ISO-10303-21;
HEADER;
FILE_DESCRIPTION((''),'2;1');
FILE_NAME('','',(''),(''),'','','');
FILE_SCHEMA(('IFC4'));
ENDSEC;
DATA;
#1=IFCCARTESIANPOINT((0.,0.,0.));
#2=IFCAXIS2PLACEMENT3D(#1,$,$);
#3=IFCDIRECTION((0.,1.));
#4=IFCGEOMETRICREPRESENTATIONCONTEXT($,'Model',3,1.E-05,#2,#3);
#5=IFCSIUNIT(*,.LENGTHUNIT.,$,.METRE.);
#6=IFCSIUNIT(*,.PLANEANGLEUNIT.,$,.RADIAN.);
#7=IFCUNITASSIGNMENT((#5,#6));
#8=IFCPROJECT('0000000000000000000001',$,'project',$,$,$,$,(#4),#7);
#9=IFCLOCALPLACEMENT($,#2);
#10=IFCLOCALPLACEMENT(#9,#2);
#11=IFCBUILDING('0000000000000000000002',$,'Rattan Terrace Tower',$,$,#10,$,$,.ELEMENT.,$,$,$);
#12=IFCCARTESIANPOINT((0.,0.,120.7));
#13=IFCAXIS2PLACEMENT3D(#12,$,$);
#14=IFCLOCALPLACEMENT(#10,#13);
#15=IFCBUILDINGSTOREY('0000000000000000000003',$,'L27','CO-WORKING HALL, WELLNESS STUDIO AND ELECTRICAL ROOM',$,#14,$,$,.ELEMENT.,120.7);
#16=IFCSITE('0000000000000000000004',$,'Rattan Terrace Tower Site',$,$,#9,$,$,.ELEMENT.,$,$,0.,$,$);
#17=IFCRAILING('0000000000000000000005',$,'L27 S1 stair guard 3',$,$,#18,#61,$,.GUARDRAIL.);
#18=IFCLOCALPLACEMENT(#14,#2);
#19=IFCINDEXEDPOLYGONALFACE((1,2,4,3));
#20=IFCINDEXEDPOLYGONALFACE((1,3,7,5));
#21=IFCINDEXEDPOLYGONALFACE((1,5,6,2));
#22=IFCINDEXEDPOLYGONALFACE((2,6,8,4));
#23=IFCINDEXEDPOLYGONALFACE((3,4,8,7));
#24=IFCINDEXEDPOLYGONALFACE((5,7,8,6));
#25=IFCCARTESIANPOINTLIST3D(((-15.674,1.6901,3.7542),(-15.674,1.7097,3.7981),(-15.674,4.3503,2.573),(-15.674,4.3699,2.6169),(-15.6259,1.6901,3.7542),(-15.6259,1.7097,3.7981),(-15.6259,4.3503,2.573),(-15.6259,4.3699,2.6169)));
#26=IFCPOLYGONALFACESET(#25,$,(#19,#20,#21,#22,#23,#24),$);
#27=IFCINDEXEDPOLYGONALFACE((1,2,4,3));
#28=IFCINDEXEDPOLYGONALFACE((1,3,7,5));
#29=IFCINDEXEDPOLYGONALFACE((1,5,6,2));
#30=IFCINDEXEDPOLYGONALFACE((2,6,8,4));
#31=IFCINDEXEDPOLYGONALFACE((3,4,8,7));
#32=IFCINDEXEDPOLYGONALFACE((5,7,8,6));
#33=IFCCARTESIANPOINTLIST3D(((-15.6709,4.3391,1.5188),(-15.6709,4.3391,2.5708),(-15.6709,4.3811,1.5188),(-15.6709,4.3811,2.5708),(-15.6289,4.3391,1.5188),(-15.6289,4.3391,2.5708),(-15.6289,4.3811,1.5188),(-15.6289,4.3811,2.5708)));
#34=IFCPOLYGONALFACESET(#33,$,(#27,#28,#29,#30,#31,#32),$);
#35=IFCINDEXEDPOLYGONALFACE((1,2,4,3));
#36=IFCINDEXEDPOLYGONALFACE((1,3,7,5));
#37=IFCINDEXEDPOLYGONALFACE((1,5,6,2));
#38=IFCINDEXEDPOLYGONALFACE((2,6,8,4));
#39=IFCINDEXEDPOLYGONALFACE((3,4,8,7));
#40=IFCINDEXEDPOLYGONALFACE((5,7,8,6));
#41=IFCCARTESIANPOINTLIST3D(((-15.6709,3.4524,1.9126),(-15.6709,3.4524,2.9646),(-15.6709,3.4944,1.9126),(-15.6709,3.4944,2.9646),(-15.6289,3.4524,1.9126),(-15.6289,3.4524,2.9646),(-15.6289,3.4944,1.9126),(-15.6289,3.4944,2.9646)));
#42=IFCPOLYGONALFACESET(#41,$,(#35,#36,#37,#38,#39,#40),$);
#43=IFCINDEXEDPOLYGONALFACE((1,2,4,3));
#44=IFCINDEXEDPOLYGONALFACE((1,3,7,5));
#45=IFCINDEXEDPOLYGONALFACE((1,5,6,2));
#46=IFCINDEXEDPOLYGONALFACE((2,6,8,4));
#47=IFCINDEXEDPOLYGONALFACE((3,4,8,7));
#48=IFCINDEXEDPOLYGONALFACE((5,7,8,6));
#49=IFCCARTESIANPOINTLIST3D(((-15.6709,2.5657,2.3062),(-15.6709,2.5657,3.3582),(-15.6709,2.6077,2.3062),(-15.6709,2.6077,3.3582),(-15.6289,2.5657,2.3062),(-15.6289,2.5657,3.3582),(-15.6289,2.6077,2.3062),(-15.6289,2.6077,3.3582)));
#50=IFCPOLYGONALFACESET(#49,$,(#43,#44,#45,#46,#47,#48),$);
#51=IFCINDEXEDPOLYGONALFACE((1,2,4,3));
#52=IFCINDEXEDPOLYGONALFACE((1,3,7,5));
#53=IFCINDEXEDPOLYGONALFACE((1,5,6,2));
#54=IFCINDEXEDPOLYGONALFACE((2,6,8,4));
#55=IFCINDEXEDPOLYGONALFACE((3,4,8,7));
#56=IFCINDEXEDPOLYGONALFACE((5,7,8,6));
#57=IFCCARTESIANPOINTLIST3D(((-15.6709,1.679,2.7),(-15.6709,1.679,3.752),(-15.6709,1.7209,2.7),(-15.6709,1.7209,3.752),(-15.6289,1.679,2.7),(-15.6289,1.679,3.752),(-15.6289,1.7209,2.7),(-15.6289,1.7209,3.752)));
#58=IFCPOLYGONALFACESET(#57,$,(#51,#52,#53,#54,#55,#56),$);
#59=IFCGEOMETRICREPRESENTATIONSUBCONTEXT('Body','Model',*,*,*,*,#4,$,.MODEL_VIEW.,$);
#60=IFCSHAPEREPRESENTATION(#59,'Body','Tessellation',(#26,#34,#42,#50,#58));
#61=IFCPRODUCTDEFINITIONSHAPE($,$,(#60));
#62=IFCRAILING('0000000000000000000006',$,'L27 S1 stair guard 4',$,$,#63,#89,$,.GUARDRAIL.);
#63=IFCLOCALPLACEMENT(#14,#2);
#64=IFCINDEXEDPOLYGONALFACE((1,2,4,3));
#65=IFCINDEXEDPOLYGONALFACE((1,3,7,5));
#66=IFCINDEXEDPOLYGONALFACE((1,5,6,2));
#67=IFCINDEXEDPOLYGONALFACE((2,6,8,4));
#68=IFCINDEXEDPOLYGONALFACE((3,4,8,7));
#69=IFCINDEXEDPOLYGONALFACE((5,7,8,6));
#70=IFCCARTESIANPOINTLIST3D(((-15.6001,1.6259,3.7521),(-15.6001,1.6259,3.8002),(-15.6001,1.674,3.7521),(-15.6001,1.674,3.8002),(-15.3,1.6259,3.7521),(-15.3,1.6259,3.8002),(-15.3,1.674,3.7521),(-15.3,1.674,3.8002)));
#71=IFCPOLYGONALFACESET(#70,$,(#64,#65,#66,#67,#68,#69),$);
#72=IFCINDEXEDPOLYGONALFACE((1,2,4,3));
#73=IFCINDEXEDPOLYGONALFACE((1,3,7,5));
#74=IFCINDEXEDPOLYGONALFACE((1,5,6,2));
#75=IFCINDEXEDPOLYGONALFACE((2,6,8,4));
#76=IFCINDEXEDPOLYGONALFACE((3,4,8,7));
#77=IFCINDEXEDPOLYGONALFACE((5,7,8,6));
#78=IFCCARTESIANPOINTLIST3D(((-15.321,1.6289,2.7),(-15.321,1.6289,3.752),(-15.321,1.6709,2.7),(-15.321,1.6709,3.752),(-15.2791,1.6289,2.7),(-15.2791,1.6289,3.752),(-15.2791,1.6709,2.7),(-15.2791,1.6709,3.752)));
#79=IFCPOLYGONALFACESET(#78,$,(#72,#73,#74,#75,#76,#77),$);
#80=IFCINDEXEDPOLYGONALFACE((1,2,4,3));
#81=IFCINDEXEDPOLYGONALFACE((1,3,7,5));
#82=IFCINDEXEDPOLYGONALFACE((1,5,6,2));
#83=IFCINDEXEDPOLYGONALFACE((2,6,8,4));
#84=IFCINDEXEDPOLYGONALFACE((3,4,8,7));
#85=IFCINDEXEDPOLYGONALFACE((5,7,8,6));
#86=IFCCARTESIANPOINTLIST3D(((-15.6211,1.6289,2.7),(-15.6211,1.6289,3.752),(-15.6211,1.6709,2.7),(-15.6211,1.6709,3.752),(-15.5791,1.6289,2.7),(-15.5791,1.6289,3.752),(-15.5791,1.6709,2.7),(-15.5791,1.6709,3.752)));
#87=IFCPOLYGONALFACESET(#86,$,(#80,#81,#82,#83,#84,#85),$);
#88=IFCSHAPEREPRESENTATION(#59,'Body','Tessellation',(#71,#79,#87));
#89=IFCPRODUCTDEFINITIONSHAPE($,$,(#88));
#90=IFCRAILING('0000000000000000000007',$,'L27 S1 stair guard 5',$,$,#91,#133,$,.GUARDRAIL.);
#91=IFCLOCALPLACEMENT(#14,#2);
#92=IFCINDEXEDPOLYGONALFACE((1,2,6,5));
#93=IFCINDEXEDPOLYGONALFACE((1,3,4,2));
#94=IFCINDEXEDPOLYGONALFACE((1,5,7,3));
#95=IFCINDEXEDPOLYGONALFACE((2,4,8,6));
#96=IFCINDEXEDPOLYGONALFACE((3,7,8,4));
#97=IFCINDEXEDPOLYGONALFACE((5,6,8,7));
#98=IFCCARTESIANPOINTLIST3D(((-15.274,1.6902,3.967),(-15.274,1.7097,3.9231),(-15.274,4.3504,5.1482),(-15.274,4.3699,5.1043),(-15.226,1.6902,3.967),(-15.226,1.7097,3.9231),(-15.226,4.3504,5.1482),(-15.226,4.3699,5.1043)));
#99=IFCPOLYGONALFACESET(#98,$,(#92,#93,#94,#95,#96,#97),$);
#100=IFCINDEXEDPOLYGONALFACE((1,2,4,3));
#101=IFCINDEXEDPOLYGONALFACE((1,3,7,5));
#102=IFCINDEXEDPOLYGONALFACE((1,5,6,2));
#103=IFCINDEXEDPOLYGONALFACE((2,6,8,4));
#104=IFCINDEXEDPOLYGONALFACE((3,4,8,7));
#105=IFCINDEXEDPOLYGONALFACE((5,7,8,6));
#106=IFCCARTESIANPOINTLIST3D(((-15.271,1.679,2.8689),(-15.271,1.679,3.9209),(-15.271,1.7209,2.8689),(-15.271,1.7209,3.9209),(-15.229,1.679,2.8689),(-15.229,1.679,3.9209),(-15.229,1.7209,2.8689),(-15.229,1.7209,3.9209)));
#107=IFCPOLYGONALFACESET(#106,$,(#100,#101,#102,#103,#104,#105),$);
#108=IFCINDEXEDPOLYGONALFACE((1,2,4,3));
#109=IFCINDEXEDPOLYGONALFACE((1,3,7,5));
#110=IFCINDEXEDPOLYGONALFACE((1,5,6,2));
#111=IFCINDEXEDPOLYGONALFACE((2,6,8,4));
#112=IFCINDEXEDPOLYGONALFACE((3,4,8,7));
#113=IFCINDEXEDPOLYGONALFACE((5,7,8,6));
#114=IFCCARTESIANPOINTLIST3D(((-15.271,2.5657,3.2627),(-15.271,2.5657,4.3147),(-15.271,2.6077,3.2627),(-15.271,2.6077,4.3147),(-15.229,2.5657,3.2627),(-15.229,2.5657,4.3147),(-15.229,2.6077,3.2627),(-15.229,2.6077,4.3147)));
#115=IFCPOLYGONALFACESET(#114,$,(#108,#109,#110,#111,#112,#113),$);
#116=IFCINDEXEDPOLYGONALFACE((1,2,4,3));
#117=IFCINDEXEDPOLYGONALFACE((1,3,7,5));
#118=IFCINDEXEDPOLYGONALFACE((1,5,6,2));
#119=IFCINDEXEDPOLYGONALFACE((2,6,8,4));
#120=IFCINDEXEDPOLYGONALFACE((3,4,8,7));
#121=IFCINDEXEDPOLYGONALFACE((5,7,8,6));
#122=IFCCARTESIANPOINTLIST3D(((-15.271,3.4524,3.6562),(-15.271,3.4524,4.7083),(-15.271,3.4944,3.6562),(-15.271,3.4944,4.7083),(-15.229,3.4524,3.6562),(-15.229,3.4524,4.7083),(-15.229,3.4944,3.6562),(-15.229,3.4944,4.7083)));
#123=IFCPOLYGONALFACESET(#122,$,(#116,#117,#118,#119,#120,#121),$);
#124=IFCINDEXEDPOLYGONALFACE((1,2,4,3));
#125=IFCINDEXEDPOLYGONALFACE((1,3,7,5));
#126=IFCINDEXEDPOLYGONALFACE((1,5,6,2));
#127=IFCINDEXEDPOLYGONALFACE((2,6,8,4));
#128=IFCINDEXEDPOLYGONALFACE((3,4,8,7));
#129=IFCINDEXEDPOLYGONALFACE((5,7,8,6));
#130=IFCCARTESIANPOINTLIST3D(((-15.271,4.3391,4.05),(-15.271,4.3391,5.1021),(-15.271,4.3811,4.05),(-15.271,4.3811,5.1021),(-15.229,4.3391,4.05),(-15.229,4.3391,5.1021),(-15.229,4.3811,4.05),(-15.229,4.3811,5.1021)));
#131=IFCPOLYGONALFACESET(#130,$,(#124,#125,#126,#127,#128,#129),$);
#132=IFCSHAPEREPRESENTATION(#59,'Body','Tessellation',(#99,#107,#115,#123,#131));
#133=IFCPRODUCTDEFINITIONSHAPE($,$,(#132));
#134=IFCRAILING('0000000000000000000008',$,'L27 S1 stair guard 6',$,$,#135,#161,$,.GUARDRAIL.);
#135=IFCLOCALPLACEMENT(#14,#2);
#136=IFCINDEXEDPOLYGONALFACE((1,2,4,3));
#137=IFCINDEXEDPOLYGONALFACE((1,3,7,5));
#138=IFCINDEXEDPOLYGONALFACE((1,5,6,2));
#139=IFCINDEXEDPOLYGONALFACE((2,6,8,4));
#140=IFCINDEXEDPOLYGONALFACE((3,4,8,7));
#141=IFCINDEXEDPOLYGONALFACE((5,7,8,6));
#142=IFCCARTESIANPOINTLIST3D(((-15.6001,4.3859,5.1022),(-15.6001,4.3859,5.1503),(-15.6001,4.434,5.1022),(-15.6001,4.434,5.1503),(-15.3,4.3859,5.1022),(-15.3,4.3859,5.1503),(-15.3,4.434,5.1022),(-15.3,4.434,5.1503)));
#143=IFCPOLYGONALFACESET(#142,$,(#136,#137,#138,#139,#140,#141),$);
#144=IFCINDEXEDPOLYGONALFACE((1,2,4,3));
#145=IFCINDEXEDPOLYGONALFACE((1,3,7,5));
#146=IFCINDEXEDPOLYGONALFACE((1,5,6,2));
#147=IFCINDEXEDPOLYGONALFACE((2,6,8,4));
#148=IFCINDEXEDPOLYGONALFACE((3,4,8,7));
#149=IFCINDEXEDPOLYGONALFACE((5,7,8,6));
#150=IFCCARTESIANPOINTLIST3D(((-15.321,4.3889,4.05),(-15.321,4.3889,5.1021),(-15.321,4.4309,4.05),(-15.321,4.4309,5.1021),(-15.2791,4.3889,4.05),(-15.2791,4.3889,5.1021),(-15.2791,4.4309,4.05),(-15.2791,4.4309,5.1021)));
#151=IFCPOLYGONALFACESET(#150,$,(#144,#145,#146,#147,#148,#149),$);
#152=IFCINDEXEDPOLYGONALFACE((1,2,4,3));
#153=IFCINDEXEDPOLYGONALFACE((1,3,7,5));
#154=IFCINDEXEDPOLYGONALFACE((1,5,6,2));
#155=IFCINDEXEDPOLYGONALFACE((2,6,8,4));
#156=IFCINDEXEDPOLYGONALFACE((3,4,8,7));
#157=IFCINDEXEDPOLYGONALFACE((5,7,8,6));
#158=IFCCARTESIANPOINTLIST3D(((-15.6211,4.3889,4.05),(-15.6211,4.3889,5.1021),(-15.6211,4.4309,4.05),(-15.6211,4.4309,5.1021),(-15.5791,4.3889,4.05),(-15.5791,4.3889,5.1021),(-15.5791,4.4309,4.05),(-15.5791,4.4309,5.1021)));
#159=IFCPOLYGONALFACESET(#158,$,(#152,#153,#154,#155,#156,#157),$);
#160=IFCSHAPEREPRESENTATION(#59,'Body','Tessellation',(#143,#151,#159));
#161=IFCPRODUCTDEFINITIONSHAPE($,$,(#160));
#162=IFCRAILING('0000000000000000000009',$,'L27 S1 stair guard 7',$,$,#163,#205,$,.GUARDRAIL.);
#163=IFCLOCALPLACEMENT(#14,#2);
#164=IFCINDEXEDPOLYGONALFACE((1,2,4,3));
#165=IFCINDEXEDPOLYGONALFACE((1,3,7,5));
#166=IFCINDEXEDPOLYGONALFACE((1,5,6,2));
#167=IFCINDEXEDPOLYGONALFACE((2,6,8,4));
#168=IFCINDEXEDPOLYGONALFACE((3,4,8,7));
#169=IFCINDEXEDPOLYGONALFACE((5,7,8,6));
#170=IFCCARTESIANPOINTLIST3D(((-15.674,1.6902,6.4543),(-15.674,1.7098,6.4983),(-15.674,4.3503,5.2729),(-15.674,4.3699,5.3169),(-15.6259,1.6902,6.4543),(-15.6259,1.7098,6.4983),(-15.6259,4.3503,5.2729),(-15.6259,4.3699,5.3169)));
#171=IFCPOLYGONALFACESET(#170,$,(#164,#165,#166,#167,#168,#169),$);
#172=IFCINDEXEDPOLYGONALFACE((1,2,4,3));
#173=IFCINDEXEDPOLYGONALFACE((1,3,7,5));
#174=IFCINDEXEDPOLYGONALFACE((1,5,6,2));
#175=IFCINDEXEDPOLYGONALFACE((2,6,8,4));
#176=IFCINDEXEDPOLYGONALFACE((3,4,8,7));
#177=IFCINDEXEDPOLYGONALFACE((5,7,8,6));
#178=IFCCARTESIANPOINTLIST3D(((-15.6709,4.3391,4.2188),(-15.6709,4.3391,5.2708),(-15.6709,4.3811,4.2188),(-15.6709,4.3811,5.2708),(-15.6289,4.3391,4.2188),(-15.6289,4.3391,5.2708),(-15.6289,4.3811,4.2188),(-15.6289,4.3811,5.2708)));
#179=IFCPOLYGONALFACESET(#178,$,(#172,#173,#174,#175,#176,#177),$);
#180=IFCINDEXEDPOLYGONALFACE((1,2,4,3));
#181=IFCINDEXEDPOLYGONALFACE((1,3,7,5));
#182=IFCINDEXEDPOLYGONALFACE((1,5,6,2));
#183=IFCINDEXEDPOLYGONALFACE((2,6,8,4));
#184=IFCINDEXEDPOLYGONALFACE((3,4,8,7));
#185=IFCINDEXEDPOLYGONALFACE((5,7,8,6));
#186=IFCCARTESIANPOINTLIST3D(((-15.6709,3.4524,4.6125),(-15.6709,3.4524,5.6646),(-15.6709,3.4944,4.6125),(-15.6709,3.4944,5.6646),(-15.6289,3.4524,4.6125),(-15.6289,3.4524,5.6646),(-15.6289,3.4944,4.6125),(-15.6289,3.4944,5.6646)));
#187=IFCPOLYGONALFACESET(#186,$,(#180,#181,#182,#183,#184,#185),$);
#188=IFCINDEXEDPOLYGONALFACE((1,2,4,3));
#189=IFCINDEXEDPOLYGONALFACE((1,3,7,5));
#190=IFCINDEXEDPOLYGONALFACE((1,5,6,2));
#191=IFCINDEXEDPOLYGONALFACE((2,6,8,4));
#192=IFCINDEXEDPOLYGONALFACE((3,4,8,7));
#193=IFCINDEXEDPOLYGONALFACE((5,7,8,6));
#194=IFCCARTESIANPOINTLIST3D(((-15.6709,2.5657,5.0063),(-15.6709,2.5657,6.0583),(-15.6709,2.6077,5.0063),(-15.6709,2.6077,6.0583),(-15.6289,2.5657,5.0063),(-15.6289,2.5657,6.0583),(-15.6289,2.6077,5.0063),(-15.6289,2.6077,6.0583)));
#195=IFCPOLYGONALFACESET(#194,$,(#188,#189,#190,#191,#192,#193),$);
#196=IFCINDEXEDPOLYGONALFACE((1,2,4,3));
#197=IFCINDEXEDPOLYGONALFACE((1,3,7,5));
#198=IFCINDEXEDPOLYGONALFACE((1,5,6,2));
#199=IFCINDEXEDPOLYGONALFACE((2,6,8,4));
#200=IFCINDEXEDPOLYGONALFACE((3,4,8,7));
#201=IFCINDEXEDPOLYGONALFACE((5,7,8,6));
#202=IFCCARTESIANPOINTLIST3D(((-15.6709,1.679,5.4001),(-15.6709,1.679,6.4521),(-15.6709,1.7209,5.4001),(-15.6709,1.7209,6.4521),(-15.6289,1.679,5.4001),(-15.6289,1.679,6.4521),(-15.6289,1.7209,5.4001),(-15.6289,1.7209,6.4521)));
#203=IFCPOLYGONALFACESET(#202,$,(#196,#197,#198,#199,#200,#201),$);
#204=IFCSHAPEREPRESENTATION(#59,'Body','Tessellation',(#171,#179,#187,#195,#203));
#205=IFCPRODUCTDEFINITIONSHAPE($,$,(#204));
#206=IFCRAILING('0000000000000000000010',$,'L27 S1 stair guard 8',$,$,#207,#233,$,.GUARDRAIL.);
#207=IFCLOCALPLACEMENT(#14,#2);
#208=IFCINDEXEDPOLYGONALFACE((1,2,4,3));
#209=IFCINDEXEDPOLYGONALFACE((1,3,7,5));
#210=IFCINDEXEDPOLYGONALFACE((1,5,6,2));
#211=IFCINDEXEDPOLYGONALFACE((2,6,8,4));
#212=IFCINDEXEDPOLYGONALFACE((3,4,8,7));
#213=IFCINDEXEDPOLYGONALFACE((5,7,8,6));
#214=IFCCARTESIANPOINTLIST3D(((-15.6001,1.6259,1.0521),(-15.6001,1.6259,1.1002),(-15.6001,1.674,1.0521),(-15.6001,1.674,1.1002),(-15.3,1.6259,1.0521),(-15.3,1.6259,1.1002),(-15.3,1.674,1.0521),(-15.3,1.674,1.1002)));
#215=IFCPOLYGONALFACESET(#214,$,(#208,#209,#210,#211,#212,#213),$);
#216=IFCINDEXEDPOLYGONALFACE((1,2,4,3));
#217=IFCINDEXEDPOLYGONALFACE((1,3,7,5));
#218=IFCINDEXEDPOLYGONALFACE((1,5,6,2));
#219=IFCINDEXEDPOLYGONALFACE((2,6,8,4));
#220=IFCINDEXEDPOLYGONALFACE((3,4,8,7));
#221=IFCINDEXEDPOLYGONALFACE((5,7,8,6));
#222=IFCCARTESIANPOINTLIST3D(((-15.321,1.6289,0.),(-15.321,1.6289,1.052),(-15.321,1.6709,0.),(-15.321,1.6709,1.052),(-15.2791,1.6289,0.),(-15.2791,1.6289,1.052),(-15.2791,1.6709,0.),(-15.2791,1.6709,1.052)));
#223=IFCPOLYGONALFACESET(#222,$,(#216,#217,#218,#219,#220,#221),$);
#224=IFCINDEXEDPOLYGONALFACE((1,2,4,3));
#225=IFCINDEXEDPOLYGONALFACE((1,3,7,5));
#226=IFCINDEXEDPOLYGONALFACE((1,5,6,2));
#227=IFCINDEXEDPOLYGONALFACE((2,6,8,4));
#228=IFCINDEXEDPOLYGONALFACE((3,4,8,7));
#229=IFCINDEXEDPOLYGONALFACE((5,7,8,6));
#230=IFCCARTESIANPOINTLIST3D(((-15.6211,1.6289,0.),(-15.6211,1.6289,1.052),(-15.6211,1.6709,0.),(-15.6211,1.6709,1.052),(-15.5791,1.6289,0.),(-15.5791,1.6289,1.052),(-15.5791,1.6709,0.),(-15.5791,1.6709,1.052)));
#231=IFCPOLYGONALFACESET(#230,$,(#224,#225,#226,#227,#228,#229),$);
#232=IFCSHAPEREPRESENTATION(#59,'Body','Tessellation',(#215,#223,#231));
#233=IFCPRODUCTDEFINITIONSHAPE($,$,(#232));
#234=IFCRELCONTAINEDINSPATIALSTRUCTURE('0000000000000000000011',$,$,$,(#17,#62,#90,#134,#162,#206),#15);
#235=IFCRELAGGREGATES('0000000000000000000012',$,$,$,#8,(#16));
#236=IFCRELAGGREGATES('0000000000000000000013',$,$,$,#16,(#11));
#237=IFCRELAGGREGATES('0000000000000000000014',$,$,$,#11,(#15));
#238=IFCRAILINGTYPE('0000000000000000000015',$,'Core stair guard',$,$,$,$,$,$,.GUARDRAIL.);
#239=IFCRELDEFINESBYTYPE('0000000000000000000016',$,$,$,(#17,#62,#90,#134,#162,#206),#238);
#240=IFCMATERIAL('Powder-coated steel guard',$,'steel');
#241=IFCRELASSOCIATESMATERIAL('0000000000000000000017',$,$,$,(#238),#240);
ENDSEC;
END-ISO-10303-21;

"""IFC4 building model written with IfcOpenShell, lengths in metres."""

from ifc_helpers import new_model, si_unit, direction, frame, origin, origin_2d, place, context, subcontext, project, spatial, rectangle, extrude, material, type_object, element, save


model = new_model("IFC4")

# Units and contexts
model_context = context("Model", 3, precision=1e-05, world=origin(), true_north=direction((0.0, 1.0)))
body_context = subcontext(model_context, "Body", "Model", "MODEL_VIEW")
ifc_project = project(units=[si_unit("LENGTHUNIT", "METRE"), si_unit("PLANEANGLEUNIT", "RADIAN")], contexts=[model_context])

# Site, building, storey
site_placement = place(None, origin())
site = spatial("IfcSite", under=ifc_project, at=site_placement, Name="Rattan Terrace Tower Site", CompositionType="ELEMENT", RefElevation=0.0)
building_placement = place(site_placement, origin())
building = spatial("IfcBuilding", under=site, at=building_placement, Name="Rattan Terrace Tower", CompositionType="ELEMENT")
storey_placement = place(building_placement, frame((0.0, 0.0, 120.7)))
storey = spatial("IfcBuildingStorey", under=building, at=storey_placement, Name="L27", Description="CO-WORKING HALL, WELLNESS STUDIO AND ELECTRICAL ROOM", CompositionType="ELEMENT", Elevation=120.7)

# Railings
ifc_material_1 = material(Name="Powder-coated steel guard", Category="steel")
railing_type_1 = type_object("IfcRailingType", Name="Core stair guard", PredefinedType="GUARDRAIL", material=ifc_material_1)
railing_1_placement = place(storey_placement, frame((-15.6499, 4.3601, 1.5188)))
element("IfcRailing", 1, at=railing_1_placement, inside=storey, type_object=railing_type_1, Name="L27 S1 stair guard 3", PredefinedType="GUARDRAIL", context=body_context, shape_type="SweptSolid", body=[
    extrude(rectangle(XDim=0.0481, YDim=0.0481, at=origin_2d()), frame((0.0, 0.0, 1.0762), z_axis=(0.0, -0.913957, 0.405812), x_axis=(1.0, 0.0, 0.0)), (0.0, 0.0, 1.0), 2.9106),
    extrude(rectangle(XDim=0.042, YDim=0.042, at=origin_2d()), origin(), (0.0, 0.0, 1.0), 1.052),
    extrude(rectangle(XDim=0.042, YDim=0.042, at=origin_2d()), frame((0.0, -0.8867, 0.3938)), (0.0, 0.0, 1.0), 1.052),
    extrude(rectangle(XDim=0.042, YDim=0.042, at=origin_2d()), frame((0.0, -1.7734, 0.7874)), (0.0, 0.0, 1.0), 1.052),
    extrude(rectangle(XDim=0.042, YDim=0.042, at=origin_2d()), frame((0.0, -2.6602, 1.1812)), (0.0, 0.0, 1.0), 1.052),
])
railing_2_placement = place(storey_placement, frame((-15.3, 1.6499, 2.7)))
element("IfcRailing", 2, at=railing_2_placement, inside=storey, type_object=railing_type_1, Name="L27 S1 stair guard 4", PredefinedType="GUARDRAIL", context=body_context, shape_type="SweptSolid", body=[
    extrude(rectangle(XDim=0.0481, YDim=0.0481, at=origin_2d()), frame((0.0, 0.0, 1.0762), z_axis=(-1.0, 0.0, 0.0), x_axis=(0.0, -1.0, 0.0)), (0.0, 0.0, 1.0), 0.3),
    extrude(rectangle(XDim=0.042, YDim=0.042, at=origin_2d()), origin(), (0.0, 0.0, 1.0), 1.052),
    extrude(rectangle(XDim=0.042, YDim=0.042, at=origin_2d()), frame((-0.3, 0.0, 0.0)), (0.0, 0.0, 1.0), 1.052),
])
railing_3_placement = place(storey_placement, frame((-15.25, 1.7, 2.8689)))
element("IfcRailing", 3, at=railing_3_placement, inside=storey, type_object=railing_type_1, Name="L27 S1 stair guard 5", PredefinedType="GUARDRAIL", context=body_context, shape_type="SweptSolid", body=[
    extrude(rectangle(XDim=0.0481, YDim=0.0481, at=origin_2d()), frame((0.0, 0.0, 1.0762), z_axis=(0.0, 0.913957, 0.405812), x_axis=(-1.0, 0.0, 0.0)), (0.0, 0.0, 1.0), 2.9106),
    extrude(rectangle(XDim=0.042, YDim=0.042, at=origin_2d()), origin(), (0.0, 0.0, 1.0), 1.052),
    extrude(rectangle(XDim=0.042, YDim=0.042, at=origin_2d()), frame((0.0, 0.8867, 0.3938)), (0.0, 0.0, 1.0), 1.052),
    extrude(rectangle(XDim=0.042, YDim=0.042, at=origin_2d()), frame((0.0, 1.7734, 0.7874)), (0.0, 0.0, 1.0), 1.052),
    extrude(rectangle(XDim=0.042, YDim=0.042, at=origin_2d()), frame((0.0, 2.6602, 1.1812)), (0.0, 0.0, 1.0), 1.052),
])
railing_4_placement = place(storey_placement, frame((-15.3, 4.4099, 4.05)))
element("IfcRailing", 4, at=railing_4_placement, inside=storey, type_object=railing_type_1, Name="L27 S1 stair guard 6", PredefinedType="GUARDRAIL", context=body_context, shape_type="SweptSolid", body=[
    extrude(rectangle(XDim=0.0481, YDim=0.0481, at=origin_2d()), frame((0.0, 0.0, 1.0762), z_axis=(-1.0, 0.0, 0.0), x_axis=(0.0, -1.0, 0.0)), (0.0, 0.0, 1.0), 0.3),
    extrude(rectangle(XDim=0.042, YDim=0.042, at=origin_2d()), origin(), (0.0, 0.0, 1.0), 1.052),
    extrude(rectangle(XDim=0.042, YDim=0.042, at=origin_2d()), frame((-0.3, 0.0, 0.0)), (0.0, 0.0, 1.0), 1.052),
])
railing_5_placement = place(storey_placement, frame((-15.6499, 4.3601, 4.2188)))
element("IfcRailing", 5, at=railing_5_placement, inside=storey, type_object=railing_type_1, Name="L27 S1 stair guard 7", PredefinedType="GUARDRAIL", context=body_context, shape_type="SweptSolid", body=[
    extrude(rectangle(XDim=0.0481, YDim=0.0481, at=origin_2d()), frame((0.0, 0.0, 1.0762), z_axis=(0.0, -0.913926, 0.405882), x_axis=(1.0, 0.0, 0.0)), (0.0, 0.0, 1.0), 2.9106),
    extrude(rectangle(XDim=0.042, YDim=0.042, at=origin_2d()), origin(), (0.0, 0.0, 1.0), 1.052),
    extrude(rectangle(XDim=0.042, YDim=0.042, at=origin_2d()), frame((0.0, -0.8867, 0.3938)), (0.0, 0.0, 1.0), 1.052),
    extrude(rectangle(XDim=0.042, YDim=0.042, at=origin_2d()), frame((0.0, -1.7734, 0.7876)), (0.0, 0.0, 1.0), 1.052),
    extrude(rectangle(XDim=0.042, YDim=0.042, at=origin_2d()), frame((0.0, -2.6602, 1.1814)), (0.0, 0.0, 1.0), 1.052),
])
railing_6_placement = place(storey_placement, frame((-15.3, 1.6499, 0.0)))
element("IfcRailing", 6, at=railing_6_placement, inside=storey, type_object=railing_type_1, Name="L27 S1 stair guard 8", PredefinedType="GUARDRAIL", context=body_context, shape_type="SweptSolid", body=[
    extrude(rectangle(XDim=0.0481, YDim=0.0481, at=origin_2d()), frame((0.0, 0.0, 1.0762), z_axis=(-1.0, 0.0, 0.0), x_axis=(0.0, -1.0, 0.0)), (0.0, 0.0, 1.0), 0.3),
    extrude(rectangle(XDim=0.042, YDim=0.042, at=origin_2d()), origin(), (0.0, 0.0, 1.0), 1.052),
    extrude(rectangle(XDim=0.042, YDim=0.042, at=origin_2d()), frame((-0.3, 0.0, 0.0)), (0.0, 0.0, 1.0), 1.052),
])

save(model, "model.ifc")
